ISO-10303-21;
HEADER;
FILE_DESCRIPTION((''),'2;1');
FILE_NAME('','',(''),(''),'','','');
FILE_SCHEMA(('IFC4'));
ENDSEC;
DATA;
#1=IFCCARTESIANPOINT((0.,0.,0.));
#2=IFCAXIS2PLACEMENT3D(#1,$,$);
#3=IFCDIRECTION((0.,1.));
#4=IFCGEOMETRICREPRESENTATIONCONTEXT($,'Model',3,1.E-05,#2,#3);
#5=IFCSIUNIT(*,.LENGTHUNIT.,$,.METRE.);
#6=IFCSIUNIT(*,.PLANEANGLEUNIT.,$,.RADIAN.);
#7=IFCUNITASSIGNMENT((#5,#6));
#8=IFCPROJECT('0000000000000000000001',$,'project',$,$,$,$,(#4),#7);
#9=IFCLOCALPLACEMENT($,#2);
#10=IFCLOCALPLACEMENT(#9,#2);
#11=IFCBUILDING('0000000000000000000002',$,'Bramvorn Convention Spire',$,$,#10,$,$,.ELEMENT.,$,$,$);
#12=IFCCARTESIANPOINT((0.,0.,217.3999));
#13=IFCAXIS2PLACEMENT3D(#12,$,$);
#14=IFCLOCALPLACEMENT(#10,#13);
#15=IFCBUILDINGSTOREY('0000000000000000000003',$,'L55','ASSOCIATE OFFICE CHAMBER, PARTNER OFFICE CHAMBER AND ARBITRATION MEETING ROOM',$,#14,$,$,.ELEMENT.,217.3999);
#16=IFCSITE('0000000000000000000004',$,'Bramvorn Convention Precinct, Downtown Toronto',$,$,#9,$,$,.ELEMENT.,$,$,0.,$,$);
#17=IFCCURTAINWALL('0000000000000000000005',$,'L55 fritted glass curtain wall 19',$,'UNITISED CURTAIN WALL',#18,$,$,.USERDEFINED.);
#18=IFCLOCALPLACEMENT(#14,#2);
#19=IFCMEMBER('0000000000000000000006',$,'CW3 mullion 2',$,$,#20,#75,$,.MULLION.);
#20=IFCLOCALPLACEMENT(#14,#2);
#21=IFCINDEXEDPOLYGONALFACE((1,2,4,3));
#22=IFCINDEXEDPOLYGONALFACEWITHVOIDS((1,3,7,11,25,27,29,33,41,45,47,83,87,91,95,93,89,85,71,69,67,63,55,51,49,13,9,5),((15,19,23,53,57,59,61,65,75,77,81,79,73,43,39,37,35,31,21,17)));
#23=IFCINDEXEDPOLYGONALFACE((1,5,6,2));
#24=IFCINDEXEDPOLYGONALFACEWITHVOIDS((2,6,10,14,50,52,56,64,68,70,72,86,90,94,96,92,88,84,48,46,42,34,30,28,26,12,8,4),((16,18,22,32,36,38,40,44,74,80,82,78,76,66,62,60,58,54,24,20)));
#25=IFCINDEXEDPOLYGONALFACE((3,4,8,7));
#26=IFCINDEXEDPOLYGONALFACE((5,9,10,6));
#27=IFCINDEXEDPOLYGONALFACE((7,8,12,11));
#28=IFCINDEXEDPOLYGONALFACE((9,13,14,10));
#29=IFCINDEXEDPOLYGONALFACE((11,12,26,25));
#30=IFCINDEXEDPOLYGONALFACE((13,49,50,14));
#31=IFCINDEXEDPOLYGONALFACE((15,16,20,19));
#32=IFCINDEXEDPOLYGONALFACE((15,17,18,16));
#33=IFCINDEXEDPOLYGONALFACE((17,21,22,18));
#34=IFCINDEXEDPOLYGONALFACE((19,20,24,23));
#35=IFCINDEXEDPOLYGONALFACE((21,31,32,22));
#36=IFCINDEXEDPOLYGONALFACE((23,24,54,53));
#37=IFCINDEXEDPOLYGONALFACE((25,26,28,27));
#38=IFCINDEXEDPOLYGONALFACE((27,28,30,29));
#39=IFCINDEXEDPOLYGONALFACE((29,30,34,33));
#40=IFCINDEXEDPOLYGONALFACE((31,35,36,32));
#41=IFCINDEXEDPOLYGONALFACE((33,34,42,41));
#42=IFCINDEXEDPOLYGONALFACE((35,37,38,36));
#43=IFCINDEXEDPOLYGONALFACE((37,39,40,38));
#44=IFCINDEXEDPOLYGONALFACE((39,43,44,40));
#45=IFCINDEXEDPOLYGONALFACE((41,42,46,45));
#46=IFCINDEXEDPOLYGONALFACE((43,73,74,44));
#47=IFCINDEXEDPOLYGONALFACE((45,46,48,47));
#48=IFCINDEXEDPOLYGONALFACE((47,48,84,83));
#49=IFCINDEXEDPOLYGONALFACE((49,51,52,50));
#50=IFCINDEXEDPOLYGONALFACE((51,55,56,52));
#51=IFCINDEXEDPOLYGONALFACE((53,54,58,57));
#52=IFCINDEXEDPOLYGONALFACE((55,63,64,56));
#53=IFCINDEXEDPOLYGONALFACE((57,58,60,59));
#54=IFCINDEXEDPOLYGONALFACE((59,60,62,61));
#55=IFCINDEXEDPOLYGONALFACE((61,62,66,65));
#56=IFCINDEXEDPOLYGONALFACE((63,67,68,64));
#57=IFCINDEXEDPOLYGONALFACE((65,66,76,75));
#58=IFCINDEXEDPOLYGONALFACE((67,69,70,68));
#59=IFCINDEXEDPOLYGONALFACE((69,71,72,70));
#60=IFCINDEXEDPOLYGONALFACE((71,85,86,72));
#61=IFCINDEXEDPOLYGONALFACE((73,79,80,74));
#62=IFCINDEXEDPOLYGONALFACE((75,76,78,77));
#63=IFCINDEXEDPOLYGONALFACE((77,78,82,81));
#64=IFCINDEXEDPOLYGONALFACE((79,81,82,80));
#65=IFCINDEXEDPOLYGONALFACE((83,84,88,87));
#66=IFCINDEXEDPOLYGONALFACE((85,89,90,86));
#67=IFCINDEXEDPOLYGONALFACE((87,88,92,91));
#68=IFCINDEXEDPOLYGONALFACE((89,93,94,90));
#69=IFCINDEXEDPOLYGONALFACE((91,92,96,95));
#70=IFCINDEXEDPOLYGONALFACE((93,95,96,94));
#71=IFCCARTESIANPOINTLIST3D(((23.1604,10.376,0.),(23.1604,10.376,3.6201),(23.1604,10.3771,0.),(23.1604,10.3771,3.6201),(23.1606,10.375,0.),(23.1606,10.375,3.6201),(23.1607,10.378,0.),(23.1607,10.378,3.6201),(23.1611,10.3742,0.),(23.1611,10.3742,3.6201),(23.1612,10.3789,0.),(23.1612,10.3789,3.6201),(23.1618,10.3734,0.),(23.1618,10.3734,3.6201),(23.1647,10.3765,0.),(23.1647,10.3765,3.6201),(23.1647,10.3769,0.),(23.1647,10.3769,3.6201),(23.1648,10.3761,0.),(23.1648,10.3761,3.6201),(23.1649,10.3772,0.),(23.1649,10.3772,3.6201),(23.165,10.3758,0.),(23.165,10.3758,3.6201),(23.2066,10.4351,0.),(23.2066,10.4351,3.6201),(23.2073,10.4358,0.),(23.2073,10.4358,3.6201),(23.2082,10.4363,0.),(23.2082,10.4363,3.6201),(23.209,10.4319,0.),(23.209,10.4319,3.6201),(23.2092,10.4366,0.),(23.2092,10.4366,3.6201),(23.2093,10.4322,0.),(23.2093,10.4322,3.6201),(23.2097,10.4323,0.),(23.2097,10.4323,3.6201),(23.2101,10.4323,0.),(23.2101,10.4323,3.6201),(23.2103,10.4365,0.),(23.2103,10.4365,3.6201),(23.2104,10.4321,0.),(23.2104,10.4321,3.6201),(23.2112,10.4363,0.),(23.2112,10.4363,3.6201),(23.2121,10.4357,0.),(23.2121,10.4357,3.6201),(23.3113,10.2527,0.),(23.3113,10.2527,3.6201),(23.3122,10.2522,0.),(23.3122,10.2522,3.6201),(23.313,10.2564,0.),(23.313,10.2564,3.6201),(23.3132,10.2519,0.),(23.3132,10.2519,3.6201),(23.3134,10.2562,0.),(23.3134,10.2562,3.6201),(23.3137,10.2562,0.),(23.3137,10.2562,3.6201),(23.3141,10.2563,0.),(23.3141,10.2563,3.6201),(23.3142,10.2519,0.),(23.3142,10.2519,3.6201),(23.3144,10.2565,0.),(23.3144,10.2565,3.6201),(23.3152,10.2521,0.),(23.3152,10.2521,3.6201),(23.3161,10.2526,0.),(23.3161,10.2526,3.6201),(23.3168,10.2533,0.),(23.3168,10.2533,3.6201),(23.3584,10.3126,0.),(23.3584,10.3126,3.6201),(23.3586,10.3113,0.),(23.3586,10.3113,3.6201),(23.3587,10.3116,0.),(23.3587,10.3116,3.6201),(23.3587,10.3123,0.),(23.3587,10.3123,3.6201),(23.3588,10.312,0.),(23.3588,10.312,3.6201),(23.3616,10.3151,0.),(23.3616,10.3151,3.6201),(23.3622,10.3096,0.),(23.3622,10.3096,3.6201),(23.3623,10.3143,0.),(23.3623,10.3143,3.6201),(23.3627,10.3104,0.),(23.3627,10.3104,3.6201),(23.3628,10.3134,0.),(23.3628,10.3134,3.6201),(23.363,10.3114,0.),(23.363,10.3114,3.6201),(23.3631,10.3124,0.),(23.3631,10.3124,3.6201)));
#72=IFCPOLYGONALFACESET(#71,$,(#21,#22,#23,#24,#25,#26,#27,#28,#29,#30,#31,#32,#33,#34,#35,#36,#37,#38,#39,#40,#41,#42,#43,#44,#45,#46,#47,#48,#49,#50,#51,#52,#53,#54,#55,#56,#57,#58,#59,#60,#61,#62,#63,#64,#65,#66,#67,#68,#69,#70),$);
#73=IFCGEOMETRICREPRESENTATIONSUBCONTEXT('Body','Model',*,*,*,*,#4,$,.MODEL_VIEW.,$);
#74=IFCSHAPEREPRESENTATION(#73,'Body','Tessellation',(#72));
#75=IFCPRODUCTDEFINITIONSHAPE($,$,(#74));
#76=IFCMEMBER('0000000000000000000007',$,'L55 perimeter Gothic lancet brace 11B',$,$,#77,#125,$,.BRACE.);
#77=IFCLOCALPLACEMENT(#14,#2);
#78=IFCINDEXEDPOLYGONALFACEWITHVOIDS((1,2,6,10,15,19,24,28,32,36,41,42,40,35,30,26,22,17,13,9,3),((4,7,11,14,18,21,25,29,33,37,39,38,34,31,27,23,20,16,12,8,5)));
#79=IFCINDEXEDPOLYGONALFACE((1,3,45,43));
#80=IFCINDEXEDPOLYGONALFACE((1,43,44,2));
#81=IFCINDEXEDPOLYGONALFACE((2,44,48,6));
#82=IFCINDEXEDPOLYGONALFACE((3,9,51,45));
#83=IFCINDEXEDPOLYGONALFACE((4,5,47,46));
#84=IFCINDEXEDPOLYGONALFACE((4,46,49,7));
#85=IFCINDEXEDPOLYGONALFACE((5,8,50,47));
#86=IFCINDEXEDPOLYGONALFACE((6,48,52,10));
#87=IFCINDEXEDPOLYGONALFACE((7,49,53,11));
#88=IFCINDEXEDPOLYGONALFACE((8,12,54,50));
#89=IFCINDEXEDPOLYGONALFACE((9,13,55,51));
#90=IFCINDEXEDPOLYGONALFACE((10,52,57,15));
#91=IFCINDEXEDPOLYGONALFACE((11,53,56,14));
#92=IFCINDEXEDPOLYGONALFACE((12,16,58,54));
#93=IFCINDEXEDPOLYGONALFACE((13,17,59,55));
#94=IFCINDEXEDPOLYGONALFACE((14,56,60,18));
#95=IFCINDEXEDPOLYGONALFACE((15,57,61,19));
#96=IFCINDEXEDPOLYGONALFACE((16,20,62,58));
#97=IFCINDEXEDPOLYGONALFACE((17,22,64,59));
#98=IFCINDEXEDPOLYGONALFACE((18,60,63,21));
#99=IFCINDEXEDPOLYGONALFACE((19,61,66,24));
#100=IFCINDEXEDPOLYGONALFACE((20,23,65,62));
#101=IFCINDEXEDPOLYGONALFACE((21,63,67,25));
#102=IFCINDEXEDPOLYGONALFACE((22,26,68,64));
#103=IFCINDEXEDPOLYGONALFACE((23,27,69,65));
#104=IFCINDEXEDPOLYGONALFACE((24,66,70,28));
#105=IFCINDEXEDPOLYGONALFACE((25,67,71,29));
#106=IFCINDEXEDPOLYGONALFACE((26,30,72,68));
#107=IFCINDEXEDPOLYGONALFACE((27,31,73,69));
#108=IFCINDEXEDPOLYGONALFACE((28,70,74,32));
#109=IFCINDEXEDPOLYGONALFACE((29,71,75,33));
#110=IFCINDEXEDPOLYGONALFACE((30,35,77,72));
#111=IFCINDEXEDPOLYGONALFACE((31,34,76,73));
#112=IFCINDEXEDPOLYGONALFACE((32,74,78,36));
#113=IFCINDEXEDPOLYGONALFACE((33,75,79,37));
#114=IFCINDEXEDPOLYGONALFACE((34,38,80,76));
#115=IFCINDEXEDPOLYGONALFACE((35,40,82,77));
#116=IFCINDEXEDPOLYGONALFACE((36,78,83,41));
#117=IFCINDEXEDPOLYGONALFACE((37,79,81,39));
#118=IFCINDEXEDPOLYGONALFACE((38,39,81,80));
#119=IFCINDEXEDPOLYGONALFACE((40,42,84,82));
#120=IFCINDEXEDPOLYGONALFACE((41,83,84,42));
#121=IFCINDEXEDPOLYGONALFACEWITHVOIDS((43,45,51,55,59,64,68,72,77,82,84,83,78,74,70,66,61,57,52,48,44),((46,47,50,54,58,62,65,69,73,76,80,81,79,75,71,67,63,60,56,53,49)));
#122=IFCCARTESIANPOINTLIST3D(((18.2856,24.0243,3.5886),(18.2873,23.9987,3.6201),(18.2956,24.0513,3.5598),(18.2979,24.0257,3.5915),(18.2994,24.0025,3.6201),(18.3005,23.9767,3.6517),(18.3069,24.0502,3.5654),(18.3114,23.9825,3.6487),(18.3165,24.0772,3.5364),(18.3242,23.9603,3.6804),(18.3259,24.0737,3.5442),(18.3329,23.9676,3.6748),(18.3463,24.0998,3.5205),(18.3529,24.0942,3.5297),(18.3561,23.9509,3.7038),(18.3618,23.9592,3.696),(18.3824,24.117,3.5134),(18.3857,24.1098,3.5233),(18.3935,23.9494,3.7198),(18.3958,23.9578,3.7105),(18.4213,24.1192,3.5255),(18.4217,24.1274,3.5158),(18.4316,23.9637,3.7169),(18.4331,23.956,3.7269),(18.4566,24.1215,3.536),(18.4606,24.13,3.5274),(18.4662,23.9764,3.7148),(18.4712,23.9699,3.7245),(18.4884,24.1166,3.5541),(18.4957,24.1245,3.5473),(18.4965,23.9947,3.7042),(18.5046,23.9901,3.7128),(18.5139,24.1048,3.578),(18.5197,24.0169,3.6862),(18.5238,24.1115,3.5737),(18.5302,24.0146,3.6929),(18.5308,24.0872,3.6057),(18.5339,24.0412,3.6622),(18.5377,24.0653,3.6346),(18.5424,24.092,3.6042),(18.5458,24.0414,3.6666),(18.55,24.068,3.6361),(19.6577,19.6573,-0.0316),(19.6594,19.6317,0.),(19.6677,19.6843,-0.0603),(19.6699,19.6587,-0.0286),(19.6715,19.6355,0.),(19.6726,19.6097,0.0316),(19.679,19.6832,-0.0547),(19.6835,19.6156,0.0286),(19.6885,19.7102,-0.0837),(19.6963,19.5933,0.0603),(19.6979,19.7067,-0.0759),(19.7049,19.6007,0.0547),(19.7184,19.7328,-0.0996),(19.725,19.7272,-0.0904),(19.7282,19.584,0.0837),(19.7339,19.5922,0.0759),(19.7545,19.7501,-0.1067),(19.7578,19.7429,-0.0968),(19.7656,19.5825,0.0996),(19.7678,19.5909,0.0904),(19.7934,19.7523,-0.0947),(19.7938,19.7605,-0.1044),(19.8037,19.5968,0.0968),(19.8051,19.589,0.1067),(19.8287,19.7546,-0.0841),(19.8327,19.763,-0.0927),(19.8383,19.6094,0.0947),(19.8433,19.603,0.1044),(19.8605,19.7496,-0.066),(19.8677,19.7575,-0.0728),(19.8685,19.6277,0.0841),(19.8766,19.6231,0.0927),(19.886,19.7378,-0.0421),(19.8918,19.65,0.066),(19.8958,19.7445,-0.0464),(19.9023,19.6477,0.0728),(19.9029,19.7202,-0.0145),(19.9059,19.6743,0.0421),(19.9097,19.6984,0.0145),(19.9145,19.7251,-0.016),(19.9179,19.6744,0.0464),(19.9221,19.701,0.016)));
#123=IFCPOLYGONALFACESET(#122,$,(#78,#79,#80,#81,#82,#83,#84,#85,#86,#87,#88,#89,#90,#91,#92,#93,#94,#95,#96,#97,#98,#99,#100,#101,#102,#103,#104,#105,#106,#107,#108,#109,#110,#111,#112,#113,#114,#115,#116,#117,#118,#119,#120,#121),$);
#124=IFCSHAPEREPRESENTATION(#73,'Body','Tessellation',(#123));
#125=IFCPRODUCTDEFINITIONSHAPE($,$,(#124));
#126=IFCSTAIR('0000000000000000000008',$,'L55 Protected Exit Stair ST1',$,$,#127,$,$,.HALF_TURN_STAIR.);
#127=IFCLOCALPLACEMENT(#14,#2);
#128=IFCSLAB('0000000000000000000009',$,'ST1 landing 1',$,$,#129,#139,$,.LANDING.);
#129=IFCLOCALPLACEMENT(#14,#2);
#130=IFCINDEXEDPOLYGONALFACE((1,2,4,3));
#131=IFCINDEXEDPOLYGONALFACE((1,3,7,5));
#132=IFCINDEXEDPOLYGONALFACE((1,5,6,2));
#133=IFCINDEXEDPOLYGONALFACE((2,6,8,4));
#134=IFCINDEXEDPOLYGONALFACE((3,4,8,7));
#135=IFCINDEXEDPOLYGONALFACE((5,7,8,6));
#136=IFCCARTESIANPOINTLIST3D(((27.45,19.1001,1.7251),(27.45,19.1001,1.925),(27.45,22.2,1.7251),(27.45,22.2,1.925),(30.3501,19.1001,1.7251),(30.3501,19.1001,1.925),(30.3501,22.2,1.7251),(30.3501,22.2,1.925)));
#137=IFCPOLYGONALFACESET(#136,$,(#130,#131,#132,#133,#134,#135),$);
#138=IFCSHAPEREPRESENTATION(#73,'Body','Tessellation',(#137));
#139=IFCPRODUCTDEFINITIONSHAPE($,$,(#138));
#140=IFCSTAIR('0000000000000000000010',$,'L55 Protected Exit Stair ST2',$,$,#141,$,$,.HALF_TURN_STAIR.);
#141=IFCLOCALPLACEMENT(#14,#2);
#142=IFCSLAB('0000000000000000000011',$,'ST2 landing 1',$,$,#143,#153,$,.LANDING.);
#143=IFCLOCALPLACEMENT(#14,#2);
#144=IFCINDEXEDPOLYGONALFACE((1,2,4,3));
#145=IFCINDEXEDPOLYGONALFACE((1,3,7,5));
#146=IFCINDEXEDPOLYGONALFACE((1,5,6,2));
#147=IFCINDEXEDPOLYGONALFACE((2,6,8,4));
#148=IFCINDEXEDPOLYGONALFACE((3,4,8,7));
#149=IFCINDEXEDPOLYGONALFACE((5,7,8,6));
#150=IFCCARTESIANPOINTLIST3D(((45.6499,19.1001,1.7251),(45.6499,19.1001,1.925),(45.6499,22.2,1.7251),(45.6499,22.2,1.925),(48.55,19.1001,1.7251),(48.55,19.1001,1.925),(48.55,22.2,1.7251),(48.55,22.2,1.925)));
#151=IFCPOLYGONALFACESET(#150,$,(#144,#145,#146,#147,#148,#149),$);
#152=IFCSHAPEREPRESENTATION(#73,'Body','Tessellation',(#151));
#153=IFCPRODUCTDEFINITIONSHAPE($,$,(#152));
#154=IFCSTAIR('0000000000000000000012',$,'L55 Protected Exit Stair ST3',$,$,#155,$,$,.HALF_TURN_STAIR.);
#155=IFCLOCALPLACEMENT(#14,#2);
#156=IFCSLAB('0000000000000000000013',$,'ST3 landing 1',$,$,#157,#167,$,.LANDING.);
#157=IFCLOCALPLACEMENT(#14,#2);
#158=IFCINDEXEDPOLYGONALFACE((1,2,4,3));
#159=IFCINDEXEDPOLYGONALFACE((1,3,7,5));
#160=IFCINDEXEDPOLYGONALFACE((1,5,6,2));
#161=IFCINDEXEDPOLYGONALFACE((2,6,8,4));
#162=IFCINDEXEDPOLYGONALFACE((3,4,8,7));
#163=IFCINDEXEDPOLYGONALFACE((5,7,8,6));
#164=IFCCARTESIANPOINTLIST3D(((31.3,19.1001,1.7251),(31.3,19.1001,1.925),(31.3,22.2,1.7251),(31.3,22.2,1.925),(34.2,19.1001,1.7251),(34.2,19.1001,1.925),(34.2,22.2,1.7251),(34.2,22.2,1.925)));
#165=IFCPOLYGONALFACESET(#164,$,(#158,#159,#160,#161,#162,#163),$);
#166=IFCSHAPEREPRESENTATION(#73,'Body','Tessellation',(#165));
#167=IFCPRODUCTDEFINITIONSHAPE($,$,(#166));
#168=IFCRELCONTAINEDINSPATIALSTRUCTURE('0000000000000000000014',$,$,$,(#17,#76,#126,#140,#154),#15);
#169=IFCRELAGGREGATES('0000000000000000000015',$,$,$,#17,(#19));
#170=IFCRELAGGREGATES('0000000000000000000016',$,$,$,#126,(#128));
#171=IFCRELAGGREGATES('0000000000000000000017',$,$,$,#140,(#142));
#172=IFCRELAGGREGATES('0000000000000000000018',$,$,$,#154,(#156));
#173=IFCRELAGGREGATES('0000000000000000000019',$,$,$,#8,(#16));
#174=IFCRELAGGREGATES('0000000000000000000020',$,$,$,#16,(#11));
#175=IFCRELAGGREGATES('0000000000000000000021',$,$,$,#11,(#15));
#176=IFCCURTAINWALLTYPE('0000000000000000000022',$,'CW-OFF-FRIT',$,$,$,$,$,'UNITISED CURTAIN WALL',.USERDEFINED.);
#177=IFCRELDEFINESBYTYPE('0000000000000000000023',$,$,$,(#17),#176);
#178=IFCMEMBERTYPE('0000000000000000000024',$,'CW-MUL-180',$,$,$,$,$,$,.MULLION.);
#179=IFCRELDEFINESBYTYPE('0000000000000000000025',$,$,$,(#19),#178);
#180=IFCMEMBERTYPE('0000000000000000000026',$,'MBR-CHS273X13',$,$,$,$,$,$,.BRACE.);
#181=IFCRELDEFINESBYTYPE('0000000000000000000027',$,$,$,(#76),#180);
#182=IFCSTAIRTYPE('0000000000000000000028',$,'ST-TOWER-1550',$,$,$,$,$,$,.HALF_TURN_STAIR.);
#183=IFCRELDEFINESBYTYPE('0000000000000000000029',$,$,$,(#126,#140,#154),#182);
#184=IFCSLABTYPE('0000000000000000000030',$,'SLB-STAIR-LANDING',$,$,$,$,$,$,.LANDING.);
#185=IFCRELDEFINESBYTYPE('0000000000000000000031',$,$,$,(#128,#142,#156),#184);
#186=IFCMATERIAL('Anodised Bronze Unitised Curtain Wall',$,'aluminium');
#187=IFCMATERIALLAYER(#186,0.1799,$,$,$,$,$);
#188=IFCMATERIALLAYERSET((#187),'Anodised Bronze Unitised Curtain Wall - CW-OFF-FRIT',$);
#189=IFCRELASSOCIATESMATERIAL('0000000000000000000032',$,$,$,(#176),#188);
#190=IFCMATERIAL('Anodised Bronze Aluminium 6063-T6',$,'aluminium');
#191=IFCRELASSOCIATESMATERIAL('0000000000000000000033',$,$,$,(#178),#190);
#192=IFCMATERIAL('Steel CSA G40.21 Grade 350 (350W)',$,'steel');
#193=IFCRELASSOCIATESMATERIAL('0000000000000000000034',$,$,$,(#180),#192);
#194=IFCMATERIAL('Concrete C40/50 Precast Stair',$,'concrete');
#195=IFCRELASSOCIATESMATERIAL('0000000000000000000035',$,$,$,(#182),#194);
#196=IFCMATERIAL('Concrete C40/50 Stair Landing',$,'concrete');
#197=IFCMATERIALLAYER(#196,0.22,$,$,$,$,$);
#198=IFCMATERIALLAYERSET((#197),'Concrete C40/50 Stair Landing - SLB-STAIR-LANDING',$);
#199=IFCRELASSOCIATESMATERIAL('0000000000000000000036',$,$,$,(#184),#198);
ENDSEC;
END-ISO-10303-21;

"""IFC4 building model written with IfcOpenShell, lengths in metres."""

from ifc_helpers import new_model, si_unit, direction, frame, origin, origin_2d, place, context, subcontext, project, spatial, polyline, hollow_rectangle, hollow_circle, outline, extrude, material, layer, layer_set, material_profile, profile_set, type_object, element, aggregate, save


model = new_model("IFC4")

# Units and contexts
model_context = context("Model", 3, precision=1e-05, world=origin(), true_north=direction((0.0, 1.0)))
body_context = subcontext(model_context, "Body", "Model", "MODEL_VIEW")
ifc_project = project(units=[si_unit("LENGTHUNIT", "METRE"), si_unit("PLANEANGLEUNIT", "RADIAN")], contexts=[model_context])

# Site, building, storey
site_placement = place(None, origin())
site = spatial("IfcSite", under=ifc_project, at=site_placement, Name="Bramvorn Convention Precinct, Downtown Toronto", CompositionType="ELEMENT", RefElevation=0.0)
building_placement = place(site_placement, origin())
building = spatial("IfcBuilding", under=site, at=building_placement, Name="Bramvorn Convention Spire", CompositionType="ELEMENT")
storey_placement = place(building_placement, frame((0.0, 0.0, 217.3999)))
storey = spatial("IfcBuildingStorey", under=building, at=storey_placement, Name="L55", Description="ASSOCIATE OFFICE CHAMBER, PARTNER OFFICE CHAMBER AND ARBITRATION MEETING ROOM", CompositionType="ELEMENT", Elevation=217.3999)

# Shared definitions
ifc_material_1 = material(Name="Steel CSA G40.21 Grade 350 (350W)", Category="steel")

# Curtain wall, member
ifc_material_2 = material(Name="Anodised Bronze Unitised Curtain Wall", Category="aluminium")
ifc_layer_1 = layer(ifc_material_2, 0.1799)
ifc_layer_set_1 = layer_set([ifc_layer_1], Name="Anodised Bronze Unitised Curtain Wall - CW-OFF-FRIT")
curtain_wall_type = type_object("IfcCurtainWallType", Name="CW-OFF-FRIT", ElementType="UNITISED CURTAIN WALL", PredefinedType="USERDEFINED", material=ifc_layer_set_1)
curtain_wall_placement = place(storey_placement, origin())
curtain_wall = element("IfcCurtainWall", 1, at=curtain_wall_placement, inside=storey, type_object=curtain_wall_type, Name="L55 fritted glass curtain wall 19", ObjectType="UNITISED CURTAIN WALL", PredefinedType="USERDEFINED")
ifc_material_3 = material(Name="Anodised Bronze Aluminium 6063-T6", Category="aluminium")
ifc_material_profile_1 = material_profile(ifc_material_3, hollow_rectangle(XDim=0.0801, YDim=0.2, WallThickness=0.0039, InnerFilletRadius=0.001, OuterFilletRadius=0.0039, at=origin_2d()))
ifc_profile_set_1 = profile_set([ifc_material_profile_1], Name="Anodised Bronze Aluminium 6063-T6 - CWM80X200")
member_type_1 = type_object("IfcMemberType", Name="CW-MUL-180", PredefinedType="MULLION", material=ifc_profile_set_1)
member_1_placement = place(storey_placement, frame((23.2617, 10.3442, 0.0), z_axis=(0.0, 0.0, 1.0), x_axis=(-0.628027, -0.778192, 0.0)))
member_1 = element("IfcMember", 2, at=member_1_placement, type_object=member_type_1, Name="CW3 mullion 2", PredefinedType="MULLION", context=body_context, shape_type="SweptSolid", body=[
    extrude(hollow_rectangle(XDim=0.0801, YDim=0.2, WallThickness=0.0039, InnerFilletRadius=0.001, OuterFilletRadius=0.0039, at=origin_2d()), origin(), (0.0, 0.0, 1.0), 3.6201),
])
aggregate(curtain_wall, [member_1])

# Member
ifc_material_profile_2 = material_profile(ifc_material_1, hollow_circle(Radius=0.1365, WallThickness=0.0127, at=origin_2d()))
ifc_profile_set_2 = profile_set([ifc_material_profile_2], Name="Steel CSA G40.21 Grade 350 (350W) - CHS273X13")
member_type_2 = type_object("IfcMemberType", Name="MBR-CHS273X13", PredefinedType="BRACE", material=ifc_profile_set_2)
member_2_placement = place(storey_placement, frame((19.7896, 19.6726, 0.0), z_axis=(-0.235108, 0.748286, 0.620316), x_axis=(-0.954019, -0.299748, 0.0)))
element("IfcMember", 3, at=member_2_placement, inside=storey, type_object=member_type_2, Name="L55 perimeter Gothic lancet brace 11B", PredefinedType="BRACE", context=body_context, shape_type="SweptSolid", body=[
    extrude(hollow_circle(Radius=0.1365, WallThickness=0.0127, at=origin_2d()), origin(), (0.0, 0.0, 1.0), 5.8359),
])

# Stairs, slabs
ifc_material_4 = material(Name="Concrete C40/50 Precast Stair", Category="concrete")
stair_type = type_object("IfcStairType", Name="ST-TOWER-1550", PredefinedType="HALF_TURN_STAIR", material=ifc_material_4)
stair_1_placement = place(storey_placement, origin())
stair_1 = element("IfcStair", 4, at=stair_1_placement, inside=storey, type_object=stair_type, Name="L55 Protected Exit Stair ST1", PredefinedType="HALF_TURN_STAIR")
ifc_material_5 = material(Name="Concrete C40/50 Stair Landing", Category="concrete")
ifc_layer_2 = layer(ifc_material_5, 0.22)
ifc_layer_set_2 = layer_set([ifc_layer_2], Name="Concrete C40/50 Stair Landing - SLB-STAIR-LANDING")
slab_type_1 = type_object("IfcSlabType", Name="SLB-STAIR-LANDING", PredefinedType="LANDING", material=ifc_layer_set_2)
slab_1_placement = place(storey_placement, frame((0.0, 0.0, 1.7251)))
slab_1 = element("IfcSlab", 5, at=slab_1_placement, type_object=slab_type_1, Name="ST1 landing 1", PredefinedType="LANDING", context=body_context, shape_type="SweptSolid", body=[
    extrude(outline(polyline([(27.45, 22.2), (27.45, 19.1001), (30.3501, 19.1001), (30.3501, 22.2), (27.45, 22.2)])), origin(), (0.0, 0.0, 1.0), 0.2),
])
aggregate(stair_1, [slab_1])
stair_2_placement = place(storey_placement, origin())
stair_2 = element("IfcStair", 6, at=stair_2_placement, inside=storey, type_object=stair_type, Name="L55 Protected Exit Stair ST2", PredefinedType="HALF_TURN_STAIR")
slab_2_placement = place(storey_placement, frame((0.0, 0.0, 1.7251)))
slab_2 = element("IfcSlab", 7, at=slab_2_placement, type_object=slab_type_1, Name="ST2 landing 1", PredefinedType="LANDING", context=body_context, shape_type="SweptSolid", body=[
    extrude(outline(polyline([(45.6499, 22.2), (45.6499, 19.1001), (48.55, 19.1001), (48.55, 22.2), (45.6499, 22.2)])), origin(), (0.0, 0.0, 1.0), 0.2),
])
aggregate(stair_2, [slab_2])
stair_3_placement = place(storey_placement, origin())
stair_3 = element("IfcStair", 8, at=stair_3_placement, inside=storey, type_object=stair_type, Name="L55 Protected Exit Stair ST3", PredefinedType="HALF_TURN_STAIR")
slab_3_placement = place(storey_placement, frame((0.0, 0.0, 1.7251)))
slab_3 = element("IfcSlab", 9, at=slab_3_placement, type_object=slab_type_1, Name="ST3 landing 1", PredefinedType="LANDING", context=body_context, shape_type="SweptSolid", body=[
    extrude(outline(polyline([(31.3, 22.2), (31.3, 19.1001), (34.2, 19.1001), (34.2, 22.2), (31.3, 22.2)])), origin(), (0.0, 0.0, 1.0), 0.2),
])
aggregate(stair_3, [slab_3])

save(model, "model.ifc")
